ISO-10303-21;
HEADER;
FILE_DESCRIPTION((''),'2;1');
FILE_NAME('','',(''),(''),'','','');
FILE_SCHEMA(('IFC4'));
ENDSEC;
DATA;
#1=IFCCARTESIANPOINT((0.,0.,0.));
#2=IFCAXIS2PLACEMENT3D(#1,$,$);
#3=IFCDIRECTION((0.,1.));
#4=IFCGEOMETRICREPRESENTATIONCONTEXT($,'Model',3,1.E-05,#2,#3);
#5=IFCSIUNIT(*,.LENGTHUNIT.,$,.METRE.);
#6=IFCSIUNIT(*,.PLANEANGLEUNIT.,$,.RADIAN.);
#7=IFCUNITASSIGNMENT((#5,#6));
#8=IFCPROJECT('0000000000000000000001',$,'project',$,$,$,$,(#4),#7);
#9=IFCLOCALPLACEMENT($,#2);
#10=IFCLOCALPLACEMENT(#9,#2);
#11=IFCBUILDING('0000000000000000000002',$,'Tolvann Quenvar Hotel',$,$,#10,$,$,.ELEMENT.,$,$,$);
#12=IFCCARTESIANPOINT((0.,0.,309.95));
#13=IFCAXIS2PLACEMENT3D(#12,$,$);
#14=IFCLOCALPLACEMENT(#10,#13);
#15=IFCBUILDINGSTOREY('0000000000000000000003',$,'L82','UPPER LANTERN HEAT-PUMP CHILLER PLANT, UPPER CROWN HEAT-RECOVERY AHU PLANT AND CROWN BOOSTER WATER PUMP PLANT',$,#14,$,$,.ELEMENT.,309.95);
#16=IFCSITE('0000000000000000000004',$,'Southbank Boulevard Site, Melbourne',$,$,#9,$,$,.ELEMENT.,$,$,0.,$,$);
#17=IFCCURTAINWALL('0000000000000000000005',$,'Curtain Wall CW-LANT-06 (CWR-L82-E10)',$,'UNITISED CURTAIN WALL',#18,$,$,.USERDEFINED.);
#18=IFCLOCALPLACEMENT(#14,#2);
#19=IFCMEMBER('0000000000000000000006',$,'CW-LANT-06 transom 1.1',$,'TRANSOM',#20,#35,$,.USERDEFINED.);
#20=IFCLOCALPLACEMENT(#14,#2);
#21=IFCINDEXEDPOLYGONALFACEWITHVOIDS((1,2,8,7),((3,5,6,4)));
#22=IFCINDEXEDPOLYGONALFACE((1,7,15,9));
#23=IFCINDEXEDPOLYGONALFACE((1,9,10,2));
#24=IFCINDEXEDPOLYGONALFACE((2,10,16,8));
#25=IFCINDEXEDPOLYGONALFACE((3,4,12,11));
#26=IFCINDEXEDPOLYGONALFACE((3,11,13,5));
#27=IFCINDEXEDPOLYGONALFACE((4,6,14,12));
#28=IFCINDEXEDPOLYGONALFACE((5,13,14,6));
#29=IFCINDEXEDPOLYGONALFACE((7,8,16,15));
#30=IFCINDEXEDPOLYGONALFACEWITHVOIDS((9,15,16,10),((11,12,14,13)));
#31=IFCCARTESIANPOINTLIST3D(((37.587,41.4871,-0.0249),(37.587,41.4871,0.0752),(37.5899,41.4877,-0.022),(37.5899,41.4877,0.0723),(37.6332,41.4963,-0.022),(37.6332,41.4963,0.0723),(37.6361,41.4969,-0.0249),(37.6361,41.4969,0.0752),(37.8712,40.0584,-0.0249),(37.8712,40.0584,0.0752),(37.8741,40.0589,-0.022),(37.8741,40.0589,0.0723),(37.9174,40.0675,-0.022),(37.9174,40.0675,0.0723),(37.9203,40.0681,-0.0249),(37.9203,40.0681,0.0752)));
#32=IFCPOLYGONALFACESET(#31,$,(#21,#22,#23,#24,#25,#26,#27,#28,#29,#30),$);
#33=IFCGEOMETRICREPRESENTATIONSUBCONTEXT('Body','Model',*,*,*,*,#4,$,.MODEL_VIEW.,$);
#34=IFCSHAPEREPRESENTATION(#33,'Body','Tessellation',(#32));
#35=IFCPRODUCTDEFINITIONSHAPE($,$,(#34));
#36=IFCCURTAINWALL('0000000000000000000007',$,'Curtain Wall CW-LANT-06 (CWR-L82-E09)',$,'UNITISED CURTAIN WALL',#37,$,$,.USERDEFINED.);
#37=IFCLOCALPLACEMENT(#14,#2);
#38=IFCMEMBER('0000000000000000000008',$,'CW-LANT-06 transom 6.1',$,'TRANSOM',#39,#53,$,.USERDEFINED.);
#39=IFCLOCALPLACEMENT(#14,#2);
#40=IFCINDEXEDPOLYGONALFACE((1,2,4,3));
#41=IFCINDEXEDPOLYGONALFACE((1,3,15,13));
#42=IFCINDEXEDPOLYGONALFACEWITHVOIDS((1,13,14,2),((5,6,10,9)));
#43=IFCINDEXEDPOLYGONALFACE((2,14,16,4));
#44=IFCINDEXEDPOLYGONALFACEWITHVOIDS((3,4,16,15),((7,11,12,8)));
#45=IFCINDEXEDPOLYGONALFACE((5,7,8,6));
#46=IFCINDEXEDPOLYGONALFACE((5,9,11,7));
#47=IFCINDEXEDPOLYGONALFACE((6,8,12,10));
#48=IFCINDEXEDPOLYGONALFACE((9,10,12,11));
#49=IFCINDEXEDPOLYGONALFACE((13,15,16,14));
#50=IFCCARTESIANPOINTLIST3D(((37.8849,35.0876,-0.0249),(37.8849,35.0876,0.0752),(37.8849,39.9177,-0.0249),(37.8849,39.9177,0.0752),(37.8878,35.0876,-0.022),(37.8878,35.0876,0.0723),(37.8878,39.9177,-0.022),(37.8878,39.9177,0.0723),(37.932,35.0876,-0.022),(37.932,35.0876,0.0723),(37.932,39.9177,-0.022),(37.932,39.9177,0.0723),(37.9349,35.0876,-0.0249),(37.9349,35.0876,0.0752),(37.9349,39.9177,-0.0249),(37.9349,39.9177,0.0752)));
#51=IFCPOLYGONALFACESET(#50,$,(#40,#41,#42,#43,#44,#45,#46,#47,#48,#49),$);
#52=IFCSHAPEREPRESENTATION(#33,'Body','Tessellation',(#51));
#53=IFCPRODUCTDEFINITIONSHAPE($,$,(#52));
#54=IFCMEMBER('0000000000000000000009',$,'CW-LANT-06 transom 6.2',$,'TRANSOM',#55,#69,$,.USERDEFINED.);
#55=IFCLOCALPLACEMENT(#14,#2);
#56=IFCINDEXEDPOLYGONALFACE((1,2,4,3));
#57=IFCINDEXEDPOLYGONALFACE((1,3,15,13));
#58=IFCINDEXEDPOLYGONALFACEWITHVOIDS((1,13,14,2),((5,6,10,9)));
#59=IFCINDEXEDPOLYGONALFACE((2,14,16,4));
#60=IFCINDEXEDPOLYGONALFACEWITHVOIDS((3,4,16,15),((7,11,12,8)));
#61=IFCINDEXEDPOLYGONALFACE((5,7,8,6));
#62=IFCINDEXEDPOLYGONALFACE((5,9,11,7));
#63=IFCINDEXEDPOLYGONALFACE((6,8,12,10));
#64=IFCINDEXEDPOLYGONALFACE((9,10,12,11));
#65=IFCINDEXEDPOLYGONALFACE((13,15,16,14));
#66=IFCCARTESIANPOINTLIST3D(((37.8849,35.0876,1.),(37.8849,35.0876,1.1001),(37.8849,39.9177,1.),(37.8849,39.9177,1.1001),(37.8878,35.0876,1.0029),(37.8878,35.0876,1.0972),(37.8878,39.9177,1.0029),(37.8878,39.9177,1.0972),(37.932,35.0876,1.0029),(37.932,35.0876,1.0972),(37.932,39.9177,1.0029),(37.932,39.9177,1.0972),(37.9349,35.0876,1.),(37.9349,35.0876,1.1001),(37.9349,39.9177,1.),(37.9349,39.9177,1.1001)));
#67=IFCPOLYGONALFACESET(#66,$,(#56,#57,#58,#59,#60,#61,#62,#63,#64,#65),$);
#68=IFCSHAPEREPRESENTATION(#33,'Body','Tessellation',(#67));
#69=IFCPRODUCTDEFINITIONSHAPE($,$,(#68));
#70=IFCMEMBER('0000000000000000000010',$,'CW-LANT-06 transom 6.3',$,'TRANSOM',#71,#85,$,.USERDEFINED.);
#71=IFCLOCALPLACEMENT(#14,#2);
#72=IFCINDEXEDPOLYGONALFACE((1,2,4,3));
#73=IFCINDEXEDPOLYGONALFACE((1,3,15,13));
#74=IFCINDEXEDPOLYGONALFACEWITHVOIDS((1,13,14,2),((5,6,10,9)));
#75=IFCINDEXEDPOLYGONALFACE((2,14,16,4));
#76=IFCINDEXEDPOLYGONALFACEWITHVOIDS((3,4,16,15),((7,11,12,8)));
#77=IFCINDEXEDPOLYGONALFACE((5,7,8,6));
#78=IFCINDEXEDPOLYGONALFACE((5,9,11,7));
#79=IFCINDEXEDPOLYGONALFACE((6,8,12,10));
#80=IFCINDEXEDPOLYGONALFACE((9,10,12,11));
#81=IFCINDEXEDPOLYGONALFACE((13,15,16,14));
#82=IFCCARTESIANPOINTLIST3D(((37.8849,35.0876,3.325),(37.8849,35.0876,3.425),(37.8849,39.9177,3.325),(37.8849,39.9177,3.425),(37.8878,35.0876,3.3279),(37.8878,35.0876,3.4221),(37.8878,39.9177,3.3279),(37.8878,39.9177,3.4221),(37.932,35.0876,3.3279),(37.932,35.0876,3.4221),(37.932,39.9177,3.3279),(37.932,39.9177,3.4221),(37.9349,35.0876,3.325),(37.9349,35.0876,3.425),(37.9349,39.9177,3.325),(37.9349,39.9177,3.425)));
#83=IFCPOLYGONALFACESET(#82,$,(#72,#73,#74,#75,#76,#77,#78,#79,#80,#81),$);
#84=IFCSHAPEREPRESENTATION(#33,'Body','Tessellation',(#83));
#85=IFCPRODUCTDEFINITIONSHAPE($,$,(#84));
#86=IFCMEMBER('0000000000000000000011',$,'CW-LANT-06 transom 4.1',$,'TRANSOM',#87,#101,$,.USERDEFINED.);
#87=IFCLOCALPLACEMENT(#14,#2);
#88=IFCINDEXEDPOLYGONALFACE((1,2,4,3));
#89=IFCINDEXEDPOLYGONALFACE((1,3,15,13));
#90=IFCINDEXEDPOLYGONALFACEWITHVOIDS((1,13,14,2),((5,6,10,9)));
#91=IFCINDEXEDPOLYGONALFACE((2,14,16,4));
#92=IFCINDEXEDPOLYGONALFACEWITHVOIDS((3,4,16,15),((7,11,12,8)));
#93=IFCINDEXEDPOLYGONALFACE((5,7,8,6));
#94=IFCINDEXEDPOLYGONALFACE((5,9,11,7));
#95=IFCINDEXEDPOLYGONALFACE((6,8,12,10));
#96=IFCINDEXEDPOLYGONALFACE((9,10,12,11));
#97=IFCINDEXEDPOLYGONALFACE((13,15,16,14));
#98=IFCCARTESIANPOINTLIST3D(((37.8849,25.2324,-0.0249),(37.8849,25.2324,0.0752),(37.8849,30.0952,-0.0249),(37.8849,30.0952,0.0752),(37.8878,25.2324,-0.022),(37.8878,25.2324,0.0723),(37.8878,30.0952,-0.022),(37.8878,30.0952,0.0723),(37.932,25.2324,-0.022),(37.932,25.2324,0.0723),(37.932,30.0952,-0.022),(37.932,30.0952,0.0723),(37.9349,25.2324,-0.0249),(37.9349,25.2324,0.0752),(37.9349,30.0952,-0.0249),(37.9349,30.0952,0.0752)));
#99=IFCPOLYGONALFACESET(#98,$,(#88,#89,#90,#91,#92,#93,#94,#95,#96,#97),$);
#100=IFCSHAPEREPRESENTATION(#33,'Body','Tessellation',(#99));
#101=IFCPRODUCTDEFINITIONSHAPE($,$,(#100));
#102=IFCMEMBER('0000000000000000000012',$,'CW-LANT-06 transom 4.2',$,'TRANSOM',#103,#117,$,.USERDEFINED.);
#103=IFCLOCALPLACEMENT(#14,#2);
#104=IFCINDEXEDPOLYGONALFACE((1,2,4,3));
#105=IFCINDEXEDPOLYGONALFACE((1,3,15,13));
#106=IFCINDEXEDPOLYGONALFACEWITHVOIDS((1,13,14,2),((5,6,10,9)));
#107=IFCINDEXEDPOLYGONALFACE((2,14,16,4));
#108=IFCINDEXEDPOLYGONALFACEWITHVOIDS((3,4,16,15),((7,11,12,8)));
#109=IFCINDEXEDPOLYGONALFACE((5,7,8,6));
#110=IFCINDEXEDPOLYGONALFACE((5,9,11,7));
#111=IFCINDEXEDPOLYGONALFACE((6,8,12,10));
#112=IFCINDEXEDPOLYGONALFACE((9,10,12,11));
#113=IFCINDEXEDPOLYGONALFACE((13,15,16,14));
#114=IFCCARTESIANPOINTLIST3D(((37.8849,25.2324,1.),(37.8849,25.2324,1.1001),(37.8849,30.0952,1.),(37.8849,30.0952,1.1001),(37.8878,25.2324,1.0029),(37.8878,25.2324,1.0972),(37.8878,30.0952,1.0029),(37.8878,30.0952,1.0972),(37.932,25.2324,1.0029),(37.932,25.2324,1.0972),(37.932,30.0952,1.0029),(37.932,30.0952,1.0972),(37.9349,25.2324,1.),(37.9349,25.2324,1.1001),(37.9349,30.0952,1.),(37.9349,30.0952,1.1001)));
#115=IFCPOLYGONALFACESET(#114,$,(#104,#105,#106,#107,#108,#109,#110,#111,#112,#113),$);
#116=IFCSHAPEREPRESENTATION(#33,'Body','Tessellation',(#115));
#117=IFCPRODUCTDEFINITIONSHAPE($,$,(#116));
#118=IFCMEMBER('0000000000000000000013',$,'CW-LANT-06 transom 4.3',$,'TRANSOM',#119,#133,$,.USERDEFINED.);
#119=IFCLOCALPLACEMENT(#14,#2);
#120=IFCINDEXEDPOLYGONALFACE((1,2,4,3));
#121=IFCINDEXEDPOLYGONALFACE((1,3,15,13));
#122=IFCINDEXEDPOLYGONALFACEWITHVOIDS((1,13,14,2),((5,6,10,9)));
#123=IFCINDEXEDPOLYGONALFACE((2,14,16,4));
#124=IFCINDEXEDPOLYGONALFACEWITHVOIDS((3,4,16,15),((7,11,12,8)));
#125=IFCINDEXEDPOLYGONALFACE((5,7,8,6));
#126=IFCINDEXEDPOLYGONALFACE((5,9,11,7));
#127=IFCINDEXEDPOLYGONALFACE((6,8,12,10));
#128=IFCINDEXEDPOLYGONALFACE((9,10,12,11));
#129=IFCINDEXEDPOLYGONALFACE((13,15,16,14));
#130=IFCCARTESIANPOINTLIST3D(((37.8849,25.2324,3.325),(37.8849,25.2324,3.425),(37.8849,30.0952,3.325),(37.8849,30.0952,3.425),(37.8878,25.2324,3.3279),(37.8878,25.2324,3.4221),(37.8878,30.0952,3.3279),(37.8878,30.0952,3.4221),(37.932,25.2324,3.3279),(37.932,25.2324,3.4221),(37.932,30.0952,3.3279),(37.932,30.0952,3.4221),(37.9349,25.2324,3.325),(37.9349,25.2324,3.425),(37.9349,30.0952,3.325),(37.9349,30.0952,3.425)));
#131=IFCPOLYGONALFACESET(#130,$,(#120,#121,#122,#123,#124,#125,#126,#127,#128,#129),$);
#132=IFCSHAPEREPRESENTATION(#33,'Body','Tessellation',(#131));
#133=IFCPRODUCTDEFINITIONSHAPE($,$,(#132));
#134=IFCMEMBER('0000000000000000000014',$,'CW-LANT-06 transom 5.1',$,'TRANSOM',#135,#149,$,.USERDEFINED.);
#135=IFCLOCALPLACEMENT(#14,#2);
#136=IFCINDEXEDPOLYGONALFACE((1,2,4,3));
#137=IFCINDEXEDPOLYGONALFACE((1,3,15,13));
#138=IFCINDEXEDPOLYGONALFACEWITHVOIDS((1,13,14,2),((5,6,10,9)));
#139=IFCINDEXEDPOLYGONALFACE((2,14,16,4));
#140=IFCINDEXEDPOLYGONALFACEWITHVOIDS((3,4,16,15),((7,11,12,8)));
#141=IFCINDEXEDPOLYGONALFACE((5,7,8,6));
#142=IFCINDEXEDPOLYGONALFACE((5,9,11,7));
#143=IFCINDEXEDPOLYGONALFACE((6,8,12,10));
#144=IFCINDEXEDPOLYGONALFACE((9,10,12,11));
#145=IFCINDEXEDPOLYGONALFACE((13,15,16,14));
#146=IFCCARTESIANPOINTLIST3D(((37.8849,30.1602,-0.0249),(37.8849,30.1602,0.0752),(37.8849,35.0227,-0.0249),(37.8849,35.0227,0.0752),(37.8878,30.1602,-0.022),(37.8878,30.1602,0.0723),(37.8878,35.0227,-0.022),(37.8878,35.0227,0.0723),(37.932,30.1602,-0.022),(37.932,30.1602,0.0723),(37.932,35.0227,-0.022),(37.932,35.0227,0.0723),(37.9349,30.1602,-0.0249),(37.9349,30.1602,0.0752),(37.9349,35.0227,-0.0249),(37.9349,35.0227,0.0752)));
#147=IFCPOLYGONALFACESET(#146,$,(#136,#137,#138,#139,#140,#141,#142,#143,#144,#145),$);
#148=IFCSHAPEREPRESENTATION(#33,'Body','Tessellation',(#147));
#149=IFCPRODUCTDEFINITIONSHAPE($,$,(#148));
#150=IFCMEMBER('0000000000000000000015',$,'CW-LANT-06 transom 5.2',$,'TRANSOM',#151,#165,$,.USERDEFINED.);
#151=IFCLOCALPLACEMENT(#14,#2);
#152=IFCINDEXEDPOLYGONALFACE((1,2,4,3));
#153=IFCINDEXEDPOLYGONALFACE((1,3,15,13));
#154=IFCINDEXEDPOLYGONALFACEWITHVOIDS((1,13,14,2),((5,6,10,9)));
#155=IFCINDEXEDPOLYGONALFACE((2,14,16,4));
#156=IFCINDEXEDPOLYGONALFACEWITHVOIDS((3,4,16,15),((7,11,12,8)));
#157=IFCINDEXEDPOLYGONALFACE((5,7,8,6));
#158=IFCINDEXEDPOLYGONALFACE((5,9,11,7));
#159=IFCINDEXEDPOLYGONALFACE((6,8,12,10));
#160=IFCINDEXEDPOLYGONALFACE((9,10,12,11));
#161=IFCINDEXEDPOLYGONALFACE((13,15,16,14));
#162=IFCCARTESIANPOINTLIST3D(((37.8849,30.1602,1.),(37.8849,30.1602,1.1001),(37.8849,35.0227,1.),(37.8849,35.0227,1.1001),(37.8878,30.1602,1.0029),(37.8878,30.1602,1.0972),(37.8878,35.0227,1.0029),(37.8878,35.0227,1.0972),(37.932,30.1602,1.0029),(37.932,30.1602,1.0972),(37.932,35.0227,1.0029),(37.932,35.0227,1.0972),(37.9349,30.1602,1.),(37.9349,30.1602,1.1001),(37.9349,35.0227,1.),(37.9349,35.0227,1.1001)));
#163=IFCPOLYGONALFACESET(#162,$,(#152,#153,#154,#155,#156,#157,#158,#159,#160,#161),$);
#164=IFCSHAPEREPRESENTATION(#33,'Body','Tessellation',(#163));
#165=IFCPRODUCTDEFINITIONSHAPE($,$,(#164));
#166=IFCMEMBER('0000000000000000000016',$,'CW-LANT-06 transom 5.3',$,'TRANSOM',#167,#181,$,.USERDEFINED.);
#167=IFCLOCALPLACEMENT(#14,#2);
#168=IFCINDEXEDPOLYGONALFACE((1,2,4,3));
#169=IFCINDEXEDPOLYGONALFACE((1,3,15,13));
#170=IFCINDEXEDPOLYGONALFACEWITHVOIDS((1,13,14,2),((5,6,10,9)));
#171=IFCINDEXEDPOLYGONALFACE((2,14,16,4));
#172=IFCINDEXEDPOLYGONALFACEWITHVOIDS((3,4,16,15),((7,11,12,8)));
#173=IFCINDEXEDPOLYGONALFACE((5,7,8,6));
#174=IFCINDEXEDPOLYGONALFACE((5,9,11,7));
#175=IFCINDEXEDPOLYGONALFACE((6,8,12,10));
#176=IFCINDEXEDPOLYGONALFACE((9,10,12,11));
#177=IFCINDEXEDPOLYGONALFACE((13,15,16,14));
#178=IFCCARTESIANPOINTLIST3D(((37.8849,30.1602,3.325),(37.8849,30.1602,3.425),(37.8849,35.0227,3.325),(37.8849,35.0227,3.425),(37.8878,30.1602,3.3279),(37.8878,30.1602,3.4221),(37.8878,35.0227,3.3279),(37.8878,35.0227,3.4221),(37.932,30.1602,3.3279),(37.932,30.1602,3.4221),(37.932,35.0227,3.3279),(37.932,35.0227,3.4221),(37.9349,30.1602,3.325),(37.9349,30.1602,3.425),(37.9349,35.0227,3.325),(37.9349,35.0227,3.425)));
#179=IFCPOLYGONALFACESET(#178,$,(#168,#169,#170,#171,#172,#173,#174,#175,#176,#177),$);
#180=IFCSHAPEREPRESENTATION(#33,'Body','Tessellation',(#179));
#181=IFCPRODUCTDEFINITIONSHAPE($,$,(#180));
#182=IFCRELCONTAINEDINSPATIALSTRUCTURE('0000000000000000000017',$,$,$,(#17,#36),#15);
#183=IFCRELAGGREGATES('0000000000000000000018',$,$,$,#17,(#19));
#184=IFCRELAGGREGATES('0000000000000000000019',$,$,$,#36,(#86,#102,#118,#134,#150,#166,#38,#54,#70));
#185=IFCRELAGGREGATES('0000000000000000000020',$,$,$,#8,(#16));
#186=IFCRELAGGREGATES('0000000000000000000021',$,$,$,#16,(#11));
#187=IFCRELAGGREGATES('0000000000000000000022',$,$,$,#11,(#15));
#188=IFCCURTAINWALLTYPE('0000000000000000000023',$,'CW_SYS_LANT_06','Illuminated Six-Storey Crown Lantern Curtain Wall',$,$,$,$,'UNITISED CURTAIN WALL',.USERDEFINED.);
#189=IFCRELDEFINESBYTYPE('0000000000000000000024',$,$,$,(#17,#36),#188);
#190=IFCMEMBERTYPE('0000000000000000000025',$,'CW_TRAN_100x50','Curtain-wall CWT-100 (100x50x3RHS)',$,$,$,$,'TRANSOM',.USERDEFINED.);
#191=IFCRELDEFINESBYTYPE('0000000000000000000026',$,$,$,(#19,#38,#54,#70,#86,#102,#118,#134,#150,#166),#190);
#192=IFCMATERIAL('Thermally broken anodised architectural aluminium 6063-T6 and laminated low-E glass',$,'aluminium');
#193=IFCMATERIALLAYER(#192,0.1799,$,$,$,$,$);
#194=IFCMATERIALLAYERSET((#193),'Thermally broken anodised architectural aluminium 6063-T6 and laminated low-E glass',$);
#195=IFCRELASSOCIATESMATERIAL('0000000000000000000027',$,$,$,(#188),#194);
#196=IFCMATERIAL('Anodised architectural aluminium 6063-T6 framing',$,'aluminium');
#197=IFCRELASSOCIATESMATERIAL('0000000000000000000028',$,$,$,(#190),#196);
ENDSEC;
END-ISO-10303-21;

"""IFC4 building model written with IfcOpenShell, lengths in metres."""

from ifc_helpers import new_model, si_unit, direction, frame, origin, origin_2d, place, context, subcontext, project, spatial, hollow_rectangle, extrude, source, transform, mapped, material, layer, layer_set, material_profile, profile_set, type_object, type_shapes, element, aggregate, save


model = new_model("IFC4")

# Units and contexts
model_context = context("Model", 3, precision=1e-05, world=origin(), true_north=direction((0.0, 1.0)))
body_context = subcontext(model_context, "Body", "Model", "MODEL_VIEW")
ifc_project = project(units=[si_unit("LENGTHUNIT", "METRE"), si_unit("PLANEANGLEUNIT", "RADIAN")], contexts=[model_context])

# Site, building, storey
site_placement = place(None, origin())
site = spatial("IfcSite", under=ifc_project, at=site_placement, Name="Southbank Boulevard Site, Melbourne", CompositionType="ELEMENT", RefElevation=0.0)
building_placement = place(site_placement, origin())
building = spatial("IfcBuilding", under=site, at=building_placement, Name="Tolvann Quenvar Hotel", CompositionType="ELEMENT")
storey_placement = place(building_placement, frame((0.0, 0.0, 309.95)))
storey = spatial("IfcBuildingStorey", under=building, at=storey_placement, Name="L82", Description="UPPER LANTERN HEAT-PUMP CHILLER PLANT, UPPER CROWN HEAT-RECOVERY AHU PLANT AND CROWN BOOSTER WATER PUMP PLANT", CompositionType="ELEMENT", Elevation=309.95)

# Curtain wall, member
ifc_material_1 = material(Name="Thermally broken anodised architectural aluminium 6063-T6 and laminated low-E glass", Category="aluminium")
ifc_layer_1 = layer(ifc_material_1, 0.1799)
ifc_layer_set_1 = layer_set([ifc_layer_1], Name="Thermally broken anodised architectural aluminium 6063-T6 and laminated low-E glass")
curtain_wall_type = type_object("IfcCurtainWallType", Name="CW_SYS_LANT_06", Description="Illuminated Six-Storey Crown Lantern Curtain Wall", ElementType="UNITISED CURTAIN WALL", PredefinedType="USERDEFINED", material=ifc_layer_set_1)
curtain_wall_1_placement = place(storey_placement, origin())
curtain_wall_1 = element("IfcCurtainWall", 1, at=curtain_wall_1_placement, inside=storey, type_object=curtain_wall_type, Name="Curtain Wall CW-LANT-06 (CWR-L82-E10)", ObjectType="UNITISED CURTAIN WALL", PredefinedType="USERDEFINED")
ifc_material_2 = material(Name="Anodised architectural aluminium 6063-T6 framing", Category="aluminium")
ifc_material_profile_1 = material_profile(ifc_material_2, hollow_rectangle(XDim=0.05, YDim=0.1001, WallThickness=0.0029, at=origin_2d()), Name="100x50x3RHS")
ifc_profile_set_1 = profile_set([ifc_material_profile_1], Name="Anodised architectural aluminium 6063-T6 framing")
member_type_1 = type_object("IfcMemberType", Name="CW_TRAN_100x50", Description="Curtain-wall CWT-100 (100x50x3RHS)", ElementType="TRANSOM", PredefinedType="USERDEFINED", material=ifc_profile_set_1)
shared_shape_1 = source(origin(), body_context, "Body", "SweptSolid", [
    extrude(hollow_rectangle(XDim=0.05, YDim=0.1001, WallThickness=0.0029, at=origin_2d()), origin(), (0.0, 0.0, 1.0), 1.4568),
])
member_1_placement = place(storey_placement, frame((37.8958, 40.0632, 0.0251), z_axis=(-0.195085, 0.980786, 0.0), x_axis=(-0.980786, -0.195085, 0.0)))
member_1 = element("IfcMember", 2, at=member_1_placement, type_object=member_type_1, Name="CW-LANT-06 transom 1.1", ObjectType="TRANSOM", PredefinedType="USERDEFINED", context=body_context, shape_type="MappedRepresentation", body=[
    mapped(shared_shape_1, transform((0.0, 0.0, 0.0), x_axis=(1.0, 0.0, 0.0), y_axis=(0.0, 1.0, 0.0), z_axis=(0.0, 0.0, 1.0), scale=1.0)),
])

# Curtain wall, members
curtain_wall_2_placement = place(storey_placement, origin())
curtain_wall_2 = element("IfcCurtainWall", 3, at=curtain_wall_2_placement, inside=storey, type_object=curtain_wall_type, Name="Curtain Wall CW-LANT-06 (CWR-L82-E09)", ObjectType="UNITISED CURTAIN WALL", PredefinedType="USERDEFINED")
shared_shape_2 = source(origin(), body_context, "Body", "SweptSolid", [
    extrude(hollow_rectangle(XDim=0.05, YDim=0.1001, WallThickness=0.0029, at=origin_2d()), origin(), (0.0, 0.0, 1.0), 4.8301),
])
member_2_placement = place(storey_placement, frame((37.9099, 35.0876, 0.0251), z_axis=(0.0, 1.0, 0.0), x_axis=(-1.0, 0.0, 0.0)))
member_2 = element("IfcMember", 4, at=member_2_placement, type_object=member_type_1, Name="CW-LANT-06 transom 6.1", ObjectType="TRANSOM", PredefinedType="USERDEFINED", context=body_context, shape_type="MappedRepresentation", body=[
    mapped(shared_shape_2, transform((0.0, 0.0, 0.0), x_axis=(1.0, 0.0, 0.0), y_axis=(0.0, 1.0, 0.0), z_axis=(0.0, 0.0, 1.0), scale=1.0)),
])
member_3_placement = place(storey_placement, frame((37.9099, 35.0876, 1.05), z_axis=(0.0, 1.0, 0.0), x_axis=(-1.0, 0.0, 0.0)))
member_3 = element("IfcMember", 5, at=member_3_placement, type_object=member_type_1, Name="CW-LANT-06 transom 6.2", ObjectType="TRANSOM", PredefinedType="USERDEFINED", context=body_context, shape_type="MappedRepresentation", body=[
    mapped(shared_shape_2, transform((0.0, 0.0, 0.0), x_axis=(1.0, 0.0, 0.0), y_axis=(0.0, 1.0, 0.0), z_axis=(0.0, 0.0, 1.0), scale=1.0)),
])
member_4_placement = place(storey_placement, frame((37.9099, 35.0876, 3.375), z_axis=(0.0, 1.0, 0.0), x_axis=(-1.0, 0.0, 0.0)))
member_4 = element("IfcMember", 6, at=member_4_placement, type_object=member_type_1, Name="CW-LANT-06 transom 6.3", ObjectType="TRANSOM", PredefinedType="USERDEFINED", context=body_context, shape_type="MappedRepresentation", body=[
    mapped(shared_shape_2, transform((0.0, 0.0, 0.0), x_axis=(1.0, 0.0, 0.0), y_axis=(0.0, 1.0, 0.0), z_axis=(0.0, 0.0, 1.0), scale=1.0)),
])
shared_shape_3 = source(origin(), body_context, "Body", "SweptSolid", [
    extrude(hollow_rectangle(XDim=0.05, YDim=0.1001, WallThickness=0.0029, at=origin_2d()), origin(), (0.0, 0.0, 1.0), 4.8628),
])
member_5_placement = place(storey_placement, frame((37.9099, 25.2324, 0.0251), z_axis=(0.0, 1.0, 0.0), x_axis=(-1.0, 0.0, 0.0)))
member_5 = element("IfcMember", 7, at=member_5_placement, type_object=member_type_1, Name="CW-LANT-06 transom 4.1", ObjectType="TRANSOM", PredefinedType="USERDEFINED", context=body_context, shape_type="MappedRepresentation", body=[
    mapped(shared_shape_3, transform((0.0, 0.0, 0.0), x_axis=(1.0, 0.0, 0.0), y_axis=(0.0, 1.0, 0.0), z_axis=(0.0, 0.0, 1.0), scale=1.0)),
])
member_6_placement = place(storey_placement, frame((37.9099, 25.2324, 1.05), z_axis=(0.0, 1.0, 0.0), x_axis=(-1.0, 0.0, 0.0)))
member_6 = element("IfcMember", 8, at=member_6_placement, type_object=member_type_1, Name="CW-LANT-06 transom 4.2", ObjectType="TRANSOM", PredefinedType="USERDEFINED", context=body_context, shape_type="MappedRepresentation", body=[
    mapped(shared_shape_3, transform((0.0, 0.0, 0.0), x_axis=(1.0, 0.0, 0.0), y_axis=(0.0, 1.0, 0.0), z_axis=(0.0, 0.0, 1.0), scale=1.0)),
])
member_7_placement = place(storey_placement, frame((37.9099, 25.2324, 3.375), z_axis=(0.0, 1.0, 0.0), x_axis=(-1.0, 0.0, 0.0)))
member_7 = element("IfcMember", 9, at=member_7_placement, type_object=member_type_1, Name="CW-LANT-06 transom 4.3", ObjectType="TRANSOM", PredefinedType="USERDEFINED", context=body_context, shape_type="MappedRepresentation", body=[
    mapped(shared_shape_3, transform((0.0, 0.0, 0.0), x_axis=(1.0, 0.0, 0.0), y_axis=(0.0, 1.0, 0.0), z_axis=(0.0, 0.0, 1.0), scale=1.0)),
])
shared_shape_4 = source(origin(), body_context, "Body", "SweptSolid", [
    extrude(hollow_rectangle(XDim=0.05, YDim=0.1001, WallThickness=0.0029, at=origin_2d()), origin(), (0.0, 0.0, 1.0), 4.8625),
])
type_shapes(member_type_1, [shared_shape_1, shared_shape_2, shared_shape_3, shared_shape_4])
member_8_placement = place(storey_placement, frame((37.9099, 30.1602, 0.0251), z_axis=(0.0, 1.0, 0.0), x_axis=(-1.0, 0.0, 0.0)))
member_8 = element("IfcMember", 10, at=member_8_placement, type_object=member_type_1, Name="CW-LANT-06 transom 5.1", ObjectType="TRANSOM", PredefinedType="USERDEFINED", context=body_context, shape_type="MappedRepresentation", body=[
    mapped(shared_shape_4, transform((0.0, 0.0, 0.0), x_axis=(1.0, 0.0, 0.0), y_axis=(0.0, 1.0, 0.0), z_axis=(0.0, 0.0, 1.0), scale=1.0)),
])
member_9_placement = place(storey_placement, frame((37.9099, 30.1602, 1.05), z_axis=(0.0, 1.0, 0.0), x_axis=(-1.0, 0.0, 0.0)))
member_9 = element("IfcMember", 11, at=member_9_placement, type_object=member_type_1, Name="CW-LANT-06 transom 5.2", ObjectType="TRANSOM", PredefinedType="USERDEFINED", context=body_context, shape_type="MappedRepresentation", body=[
    mapped(shared_shape_4, transform((0.0, 0.0, 0.0), x_axis=(1.0, 0.0, 0.0), y_axis=(0.0, 1.0, 0.0), z_axis=(0.0, 0.0, 1.0), scale=1.0)),
])
member_10_placement = place(storey_placement, frame((37.9099, 30.1602, 3.375), z_axis=(0.0, 1.0, 0.0), x_axis=(-1.0, 0.0, 0.0)))
member_10 = element("IfcMember", 12, at=member_10_placement, type_object=member_type_1, Name="CW-LANT-06 transom 5.3", ObjectType="TRANSOM", PredefinedType="USERDEFINED", context=body_context, shape_type="MappedRepresentation", body=[
    mapped(shared_shape_4, transform((0.0, 0.0, 0.0), x_axis=(1.0, 0.0, 0.0), y_axis=(0.0, 1.0, 0.0), z_axis=(0.0, 0.0, 1.0), scale=1.0)),
])

aggregate(curtain_wall_1, [member_1])

aggregate(curtain_wall_2, [member_5, member_6, member_7, member_8, member_9, member_10, member_2, member_3, member_4])

save(model, "model.ifc")
